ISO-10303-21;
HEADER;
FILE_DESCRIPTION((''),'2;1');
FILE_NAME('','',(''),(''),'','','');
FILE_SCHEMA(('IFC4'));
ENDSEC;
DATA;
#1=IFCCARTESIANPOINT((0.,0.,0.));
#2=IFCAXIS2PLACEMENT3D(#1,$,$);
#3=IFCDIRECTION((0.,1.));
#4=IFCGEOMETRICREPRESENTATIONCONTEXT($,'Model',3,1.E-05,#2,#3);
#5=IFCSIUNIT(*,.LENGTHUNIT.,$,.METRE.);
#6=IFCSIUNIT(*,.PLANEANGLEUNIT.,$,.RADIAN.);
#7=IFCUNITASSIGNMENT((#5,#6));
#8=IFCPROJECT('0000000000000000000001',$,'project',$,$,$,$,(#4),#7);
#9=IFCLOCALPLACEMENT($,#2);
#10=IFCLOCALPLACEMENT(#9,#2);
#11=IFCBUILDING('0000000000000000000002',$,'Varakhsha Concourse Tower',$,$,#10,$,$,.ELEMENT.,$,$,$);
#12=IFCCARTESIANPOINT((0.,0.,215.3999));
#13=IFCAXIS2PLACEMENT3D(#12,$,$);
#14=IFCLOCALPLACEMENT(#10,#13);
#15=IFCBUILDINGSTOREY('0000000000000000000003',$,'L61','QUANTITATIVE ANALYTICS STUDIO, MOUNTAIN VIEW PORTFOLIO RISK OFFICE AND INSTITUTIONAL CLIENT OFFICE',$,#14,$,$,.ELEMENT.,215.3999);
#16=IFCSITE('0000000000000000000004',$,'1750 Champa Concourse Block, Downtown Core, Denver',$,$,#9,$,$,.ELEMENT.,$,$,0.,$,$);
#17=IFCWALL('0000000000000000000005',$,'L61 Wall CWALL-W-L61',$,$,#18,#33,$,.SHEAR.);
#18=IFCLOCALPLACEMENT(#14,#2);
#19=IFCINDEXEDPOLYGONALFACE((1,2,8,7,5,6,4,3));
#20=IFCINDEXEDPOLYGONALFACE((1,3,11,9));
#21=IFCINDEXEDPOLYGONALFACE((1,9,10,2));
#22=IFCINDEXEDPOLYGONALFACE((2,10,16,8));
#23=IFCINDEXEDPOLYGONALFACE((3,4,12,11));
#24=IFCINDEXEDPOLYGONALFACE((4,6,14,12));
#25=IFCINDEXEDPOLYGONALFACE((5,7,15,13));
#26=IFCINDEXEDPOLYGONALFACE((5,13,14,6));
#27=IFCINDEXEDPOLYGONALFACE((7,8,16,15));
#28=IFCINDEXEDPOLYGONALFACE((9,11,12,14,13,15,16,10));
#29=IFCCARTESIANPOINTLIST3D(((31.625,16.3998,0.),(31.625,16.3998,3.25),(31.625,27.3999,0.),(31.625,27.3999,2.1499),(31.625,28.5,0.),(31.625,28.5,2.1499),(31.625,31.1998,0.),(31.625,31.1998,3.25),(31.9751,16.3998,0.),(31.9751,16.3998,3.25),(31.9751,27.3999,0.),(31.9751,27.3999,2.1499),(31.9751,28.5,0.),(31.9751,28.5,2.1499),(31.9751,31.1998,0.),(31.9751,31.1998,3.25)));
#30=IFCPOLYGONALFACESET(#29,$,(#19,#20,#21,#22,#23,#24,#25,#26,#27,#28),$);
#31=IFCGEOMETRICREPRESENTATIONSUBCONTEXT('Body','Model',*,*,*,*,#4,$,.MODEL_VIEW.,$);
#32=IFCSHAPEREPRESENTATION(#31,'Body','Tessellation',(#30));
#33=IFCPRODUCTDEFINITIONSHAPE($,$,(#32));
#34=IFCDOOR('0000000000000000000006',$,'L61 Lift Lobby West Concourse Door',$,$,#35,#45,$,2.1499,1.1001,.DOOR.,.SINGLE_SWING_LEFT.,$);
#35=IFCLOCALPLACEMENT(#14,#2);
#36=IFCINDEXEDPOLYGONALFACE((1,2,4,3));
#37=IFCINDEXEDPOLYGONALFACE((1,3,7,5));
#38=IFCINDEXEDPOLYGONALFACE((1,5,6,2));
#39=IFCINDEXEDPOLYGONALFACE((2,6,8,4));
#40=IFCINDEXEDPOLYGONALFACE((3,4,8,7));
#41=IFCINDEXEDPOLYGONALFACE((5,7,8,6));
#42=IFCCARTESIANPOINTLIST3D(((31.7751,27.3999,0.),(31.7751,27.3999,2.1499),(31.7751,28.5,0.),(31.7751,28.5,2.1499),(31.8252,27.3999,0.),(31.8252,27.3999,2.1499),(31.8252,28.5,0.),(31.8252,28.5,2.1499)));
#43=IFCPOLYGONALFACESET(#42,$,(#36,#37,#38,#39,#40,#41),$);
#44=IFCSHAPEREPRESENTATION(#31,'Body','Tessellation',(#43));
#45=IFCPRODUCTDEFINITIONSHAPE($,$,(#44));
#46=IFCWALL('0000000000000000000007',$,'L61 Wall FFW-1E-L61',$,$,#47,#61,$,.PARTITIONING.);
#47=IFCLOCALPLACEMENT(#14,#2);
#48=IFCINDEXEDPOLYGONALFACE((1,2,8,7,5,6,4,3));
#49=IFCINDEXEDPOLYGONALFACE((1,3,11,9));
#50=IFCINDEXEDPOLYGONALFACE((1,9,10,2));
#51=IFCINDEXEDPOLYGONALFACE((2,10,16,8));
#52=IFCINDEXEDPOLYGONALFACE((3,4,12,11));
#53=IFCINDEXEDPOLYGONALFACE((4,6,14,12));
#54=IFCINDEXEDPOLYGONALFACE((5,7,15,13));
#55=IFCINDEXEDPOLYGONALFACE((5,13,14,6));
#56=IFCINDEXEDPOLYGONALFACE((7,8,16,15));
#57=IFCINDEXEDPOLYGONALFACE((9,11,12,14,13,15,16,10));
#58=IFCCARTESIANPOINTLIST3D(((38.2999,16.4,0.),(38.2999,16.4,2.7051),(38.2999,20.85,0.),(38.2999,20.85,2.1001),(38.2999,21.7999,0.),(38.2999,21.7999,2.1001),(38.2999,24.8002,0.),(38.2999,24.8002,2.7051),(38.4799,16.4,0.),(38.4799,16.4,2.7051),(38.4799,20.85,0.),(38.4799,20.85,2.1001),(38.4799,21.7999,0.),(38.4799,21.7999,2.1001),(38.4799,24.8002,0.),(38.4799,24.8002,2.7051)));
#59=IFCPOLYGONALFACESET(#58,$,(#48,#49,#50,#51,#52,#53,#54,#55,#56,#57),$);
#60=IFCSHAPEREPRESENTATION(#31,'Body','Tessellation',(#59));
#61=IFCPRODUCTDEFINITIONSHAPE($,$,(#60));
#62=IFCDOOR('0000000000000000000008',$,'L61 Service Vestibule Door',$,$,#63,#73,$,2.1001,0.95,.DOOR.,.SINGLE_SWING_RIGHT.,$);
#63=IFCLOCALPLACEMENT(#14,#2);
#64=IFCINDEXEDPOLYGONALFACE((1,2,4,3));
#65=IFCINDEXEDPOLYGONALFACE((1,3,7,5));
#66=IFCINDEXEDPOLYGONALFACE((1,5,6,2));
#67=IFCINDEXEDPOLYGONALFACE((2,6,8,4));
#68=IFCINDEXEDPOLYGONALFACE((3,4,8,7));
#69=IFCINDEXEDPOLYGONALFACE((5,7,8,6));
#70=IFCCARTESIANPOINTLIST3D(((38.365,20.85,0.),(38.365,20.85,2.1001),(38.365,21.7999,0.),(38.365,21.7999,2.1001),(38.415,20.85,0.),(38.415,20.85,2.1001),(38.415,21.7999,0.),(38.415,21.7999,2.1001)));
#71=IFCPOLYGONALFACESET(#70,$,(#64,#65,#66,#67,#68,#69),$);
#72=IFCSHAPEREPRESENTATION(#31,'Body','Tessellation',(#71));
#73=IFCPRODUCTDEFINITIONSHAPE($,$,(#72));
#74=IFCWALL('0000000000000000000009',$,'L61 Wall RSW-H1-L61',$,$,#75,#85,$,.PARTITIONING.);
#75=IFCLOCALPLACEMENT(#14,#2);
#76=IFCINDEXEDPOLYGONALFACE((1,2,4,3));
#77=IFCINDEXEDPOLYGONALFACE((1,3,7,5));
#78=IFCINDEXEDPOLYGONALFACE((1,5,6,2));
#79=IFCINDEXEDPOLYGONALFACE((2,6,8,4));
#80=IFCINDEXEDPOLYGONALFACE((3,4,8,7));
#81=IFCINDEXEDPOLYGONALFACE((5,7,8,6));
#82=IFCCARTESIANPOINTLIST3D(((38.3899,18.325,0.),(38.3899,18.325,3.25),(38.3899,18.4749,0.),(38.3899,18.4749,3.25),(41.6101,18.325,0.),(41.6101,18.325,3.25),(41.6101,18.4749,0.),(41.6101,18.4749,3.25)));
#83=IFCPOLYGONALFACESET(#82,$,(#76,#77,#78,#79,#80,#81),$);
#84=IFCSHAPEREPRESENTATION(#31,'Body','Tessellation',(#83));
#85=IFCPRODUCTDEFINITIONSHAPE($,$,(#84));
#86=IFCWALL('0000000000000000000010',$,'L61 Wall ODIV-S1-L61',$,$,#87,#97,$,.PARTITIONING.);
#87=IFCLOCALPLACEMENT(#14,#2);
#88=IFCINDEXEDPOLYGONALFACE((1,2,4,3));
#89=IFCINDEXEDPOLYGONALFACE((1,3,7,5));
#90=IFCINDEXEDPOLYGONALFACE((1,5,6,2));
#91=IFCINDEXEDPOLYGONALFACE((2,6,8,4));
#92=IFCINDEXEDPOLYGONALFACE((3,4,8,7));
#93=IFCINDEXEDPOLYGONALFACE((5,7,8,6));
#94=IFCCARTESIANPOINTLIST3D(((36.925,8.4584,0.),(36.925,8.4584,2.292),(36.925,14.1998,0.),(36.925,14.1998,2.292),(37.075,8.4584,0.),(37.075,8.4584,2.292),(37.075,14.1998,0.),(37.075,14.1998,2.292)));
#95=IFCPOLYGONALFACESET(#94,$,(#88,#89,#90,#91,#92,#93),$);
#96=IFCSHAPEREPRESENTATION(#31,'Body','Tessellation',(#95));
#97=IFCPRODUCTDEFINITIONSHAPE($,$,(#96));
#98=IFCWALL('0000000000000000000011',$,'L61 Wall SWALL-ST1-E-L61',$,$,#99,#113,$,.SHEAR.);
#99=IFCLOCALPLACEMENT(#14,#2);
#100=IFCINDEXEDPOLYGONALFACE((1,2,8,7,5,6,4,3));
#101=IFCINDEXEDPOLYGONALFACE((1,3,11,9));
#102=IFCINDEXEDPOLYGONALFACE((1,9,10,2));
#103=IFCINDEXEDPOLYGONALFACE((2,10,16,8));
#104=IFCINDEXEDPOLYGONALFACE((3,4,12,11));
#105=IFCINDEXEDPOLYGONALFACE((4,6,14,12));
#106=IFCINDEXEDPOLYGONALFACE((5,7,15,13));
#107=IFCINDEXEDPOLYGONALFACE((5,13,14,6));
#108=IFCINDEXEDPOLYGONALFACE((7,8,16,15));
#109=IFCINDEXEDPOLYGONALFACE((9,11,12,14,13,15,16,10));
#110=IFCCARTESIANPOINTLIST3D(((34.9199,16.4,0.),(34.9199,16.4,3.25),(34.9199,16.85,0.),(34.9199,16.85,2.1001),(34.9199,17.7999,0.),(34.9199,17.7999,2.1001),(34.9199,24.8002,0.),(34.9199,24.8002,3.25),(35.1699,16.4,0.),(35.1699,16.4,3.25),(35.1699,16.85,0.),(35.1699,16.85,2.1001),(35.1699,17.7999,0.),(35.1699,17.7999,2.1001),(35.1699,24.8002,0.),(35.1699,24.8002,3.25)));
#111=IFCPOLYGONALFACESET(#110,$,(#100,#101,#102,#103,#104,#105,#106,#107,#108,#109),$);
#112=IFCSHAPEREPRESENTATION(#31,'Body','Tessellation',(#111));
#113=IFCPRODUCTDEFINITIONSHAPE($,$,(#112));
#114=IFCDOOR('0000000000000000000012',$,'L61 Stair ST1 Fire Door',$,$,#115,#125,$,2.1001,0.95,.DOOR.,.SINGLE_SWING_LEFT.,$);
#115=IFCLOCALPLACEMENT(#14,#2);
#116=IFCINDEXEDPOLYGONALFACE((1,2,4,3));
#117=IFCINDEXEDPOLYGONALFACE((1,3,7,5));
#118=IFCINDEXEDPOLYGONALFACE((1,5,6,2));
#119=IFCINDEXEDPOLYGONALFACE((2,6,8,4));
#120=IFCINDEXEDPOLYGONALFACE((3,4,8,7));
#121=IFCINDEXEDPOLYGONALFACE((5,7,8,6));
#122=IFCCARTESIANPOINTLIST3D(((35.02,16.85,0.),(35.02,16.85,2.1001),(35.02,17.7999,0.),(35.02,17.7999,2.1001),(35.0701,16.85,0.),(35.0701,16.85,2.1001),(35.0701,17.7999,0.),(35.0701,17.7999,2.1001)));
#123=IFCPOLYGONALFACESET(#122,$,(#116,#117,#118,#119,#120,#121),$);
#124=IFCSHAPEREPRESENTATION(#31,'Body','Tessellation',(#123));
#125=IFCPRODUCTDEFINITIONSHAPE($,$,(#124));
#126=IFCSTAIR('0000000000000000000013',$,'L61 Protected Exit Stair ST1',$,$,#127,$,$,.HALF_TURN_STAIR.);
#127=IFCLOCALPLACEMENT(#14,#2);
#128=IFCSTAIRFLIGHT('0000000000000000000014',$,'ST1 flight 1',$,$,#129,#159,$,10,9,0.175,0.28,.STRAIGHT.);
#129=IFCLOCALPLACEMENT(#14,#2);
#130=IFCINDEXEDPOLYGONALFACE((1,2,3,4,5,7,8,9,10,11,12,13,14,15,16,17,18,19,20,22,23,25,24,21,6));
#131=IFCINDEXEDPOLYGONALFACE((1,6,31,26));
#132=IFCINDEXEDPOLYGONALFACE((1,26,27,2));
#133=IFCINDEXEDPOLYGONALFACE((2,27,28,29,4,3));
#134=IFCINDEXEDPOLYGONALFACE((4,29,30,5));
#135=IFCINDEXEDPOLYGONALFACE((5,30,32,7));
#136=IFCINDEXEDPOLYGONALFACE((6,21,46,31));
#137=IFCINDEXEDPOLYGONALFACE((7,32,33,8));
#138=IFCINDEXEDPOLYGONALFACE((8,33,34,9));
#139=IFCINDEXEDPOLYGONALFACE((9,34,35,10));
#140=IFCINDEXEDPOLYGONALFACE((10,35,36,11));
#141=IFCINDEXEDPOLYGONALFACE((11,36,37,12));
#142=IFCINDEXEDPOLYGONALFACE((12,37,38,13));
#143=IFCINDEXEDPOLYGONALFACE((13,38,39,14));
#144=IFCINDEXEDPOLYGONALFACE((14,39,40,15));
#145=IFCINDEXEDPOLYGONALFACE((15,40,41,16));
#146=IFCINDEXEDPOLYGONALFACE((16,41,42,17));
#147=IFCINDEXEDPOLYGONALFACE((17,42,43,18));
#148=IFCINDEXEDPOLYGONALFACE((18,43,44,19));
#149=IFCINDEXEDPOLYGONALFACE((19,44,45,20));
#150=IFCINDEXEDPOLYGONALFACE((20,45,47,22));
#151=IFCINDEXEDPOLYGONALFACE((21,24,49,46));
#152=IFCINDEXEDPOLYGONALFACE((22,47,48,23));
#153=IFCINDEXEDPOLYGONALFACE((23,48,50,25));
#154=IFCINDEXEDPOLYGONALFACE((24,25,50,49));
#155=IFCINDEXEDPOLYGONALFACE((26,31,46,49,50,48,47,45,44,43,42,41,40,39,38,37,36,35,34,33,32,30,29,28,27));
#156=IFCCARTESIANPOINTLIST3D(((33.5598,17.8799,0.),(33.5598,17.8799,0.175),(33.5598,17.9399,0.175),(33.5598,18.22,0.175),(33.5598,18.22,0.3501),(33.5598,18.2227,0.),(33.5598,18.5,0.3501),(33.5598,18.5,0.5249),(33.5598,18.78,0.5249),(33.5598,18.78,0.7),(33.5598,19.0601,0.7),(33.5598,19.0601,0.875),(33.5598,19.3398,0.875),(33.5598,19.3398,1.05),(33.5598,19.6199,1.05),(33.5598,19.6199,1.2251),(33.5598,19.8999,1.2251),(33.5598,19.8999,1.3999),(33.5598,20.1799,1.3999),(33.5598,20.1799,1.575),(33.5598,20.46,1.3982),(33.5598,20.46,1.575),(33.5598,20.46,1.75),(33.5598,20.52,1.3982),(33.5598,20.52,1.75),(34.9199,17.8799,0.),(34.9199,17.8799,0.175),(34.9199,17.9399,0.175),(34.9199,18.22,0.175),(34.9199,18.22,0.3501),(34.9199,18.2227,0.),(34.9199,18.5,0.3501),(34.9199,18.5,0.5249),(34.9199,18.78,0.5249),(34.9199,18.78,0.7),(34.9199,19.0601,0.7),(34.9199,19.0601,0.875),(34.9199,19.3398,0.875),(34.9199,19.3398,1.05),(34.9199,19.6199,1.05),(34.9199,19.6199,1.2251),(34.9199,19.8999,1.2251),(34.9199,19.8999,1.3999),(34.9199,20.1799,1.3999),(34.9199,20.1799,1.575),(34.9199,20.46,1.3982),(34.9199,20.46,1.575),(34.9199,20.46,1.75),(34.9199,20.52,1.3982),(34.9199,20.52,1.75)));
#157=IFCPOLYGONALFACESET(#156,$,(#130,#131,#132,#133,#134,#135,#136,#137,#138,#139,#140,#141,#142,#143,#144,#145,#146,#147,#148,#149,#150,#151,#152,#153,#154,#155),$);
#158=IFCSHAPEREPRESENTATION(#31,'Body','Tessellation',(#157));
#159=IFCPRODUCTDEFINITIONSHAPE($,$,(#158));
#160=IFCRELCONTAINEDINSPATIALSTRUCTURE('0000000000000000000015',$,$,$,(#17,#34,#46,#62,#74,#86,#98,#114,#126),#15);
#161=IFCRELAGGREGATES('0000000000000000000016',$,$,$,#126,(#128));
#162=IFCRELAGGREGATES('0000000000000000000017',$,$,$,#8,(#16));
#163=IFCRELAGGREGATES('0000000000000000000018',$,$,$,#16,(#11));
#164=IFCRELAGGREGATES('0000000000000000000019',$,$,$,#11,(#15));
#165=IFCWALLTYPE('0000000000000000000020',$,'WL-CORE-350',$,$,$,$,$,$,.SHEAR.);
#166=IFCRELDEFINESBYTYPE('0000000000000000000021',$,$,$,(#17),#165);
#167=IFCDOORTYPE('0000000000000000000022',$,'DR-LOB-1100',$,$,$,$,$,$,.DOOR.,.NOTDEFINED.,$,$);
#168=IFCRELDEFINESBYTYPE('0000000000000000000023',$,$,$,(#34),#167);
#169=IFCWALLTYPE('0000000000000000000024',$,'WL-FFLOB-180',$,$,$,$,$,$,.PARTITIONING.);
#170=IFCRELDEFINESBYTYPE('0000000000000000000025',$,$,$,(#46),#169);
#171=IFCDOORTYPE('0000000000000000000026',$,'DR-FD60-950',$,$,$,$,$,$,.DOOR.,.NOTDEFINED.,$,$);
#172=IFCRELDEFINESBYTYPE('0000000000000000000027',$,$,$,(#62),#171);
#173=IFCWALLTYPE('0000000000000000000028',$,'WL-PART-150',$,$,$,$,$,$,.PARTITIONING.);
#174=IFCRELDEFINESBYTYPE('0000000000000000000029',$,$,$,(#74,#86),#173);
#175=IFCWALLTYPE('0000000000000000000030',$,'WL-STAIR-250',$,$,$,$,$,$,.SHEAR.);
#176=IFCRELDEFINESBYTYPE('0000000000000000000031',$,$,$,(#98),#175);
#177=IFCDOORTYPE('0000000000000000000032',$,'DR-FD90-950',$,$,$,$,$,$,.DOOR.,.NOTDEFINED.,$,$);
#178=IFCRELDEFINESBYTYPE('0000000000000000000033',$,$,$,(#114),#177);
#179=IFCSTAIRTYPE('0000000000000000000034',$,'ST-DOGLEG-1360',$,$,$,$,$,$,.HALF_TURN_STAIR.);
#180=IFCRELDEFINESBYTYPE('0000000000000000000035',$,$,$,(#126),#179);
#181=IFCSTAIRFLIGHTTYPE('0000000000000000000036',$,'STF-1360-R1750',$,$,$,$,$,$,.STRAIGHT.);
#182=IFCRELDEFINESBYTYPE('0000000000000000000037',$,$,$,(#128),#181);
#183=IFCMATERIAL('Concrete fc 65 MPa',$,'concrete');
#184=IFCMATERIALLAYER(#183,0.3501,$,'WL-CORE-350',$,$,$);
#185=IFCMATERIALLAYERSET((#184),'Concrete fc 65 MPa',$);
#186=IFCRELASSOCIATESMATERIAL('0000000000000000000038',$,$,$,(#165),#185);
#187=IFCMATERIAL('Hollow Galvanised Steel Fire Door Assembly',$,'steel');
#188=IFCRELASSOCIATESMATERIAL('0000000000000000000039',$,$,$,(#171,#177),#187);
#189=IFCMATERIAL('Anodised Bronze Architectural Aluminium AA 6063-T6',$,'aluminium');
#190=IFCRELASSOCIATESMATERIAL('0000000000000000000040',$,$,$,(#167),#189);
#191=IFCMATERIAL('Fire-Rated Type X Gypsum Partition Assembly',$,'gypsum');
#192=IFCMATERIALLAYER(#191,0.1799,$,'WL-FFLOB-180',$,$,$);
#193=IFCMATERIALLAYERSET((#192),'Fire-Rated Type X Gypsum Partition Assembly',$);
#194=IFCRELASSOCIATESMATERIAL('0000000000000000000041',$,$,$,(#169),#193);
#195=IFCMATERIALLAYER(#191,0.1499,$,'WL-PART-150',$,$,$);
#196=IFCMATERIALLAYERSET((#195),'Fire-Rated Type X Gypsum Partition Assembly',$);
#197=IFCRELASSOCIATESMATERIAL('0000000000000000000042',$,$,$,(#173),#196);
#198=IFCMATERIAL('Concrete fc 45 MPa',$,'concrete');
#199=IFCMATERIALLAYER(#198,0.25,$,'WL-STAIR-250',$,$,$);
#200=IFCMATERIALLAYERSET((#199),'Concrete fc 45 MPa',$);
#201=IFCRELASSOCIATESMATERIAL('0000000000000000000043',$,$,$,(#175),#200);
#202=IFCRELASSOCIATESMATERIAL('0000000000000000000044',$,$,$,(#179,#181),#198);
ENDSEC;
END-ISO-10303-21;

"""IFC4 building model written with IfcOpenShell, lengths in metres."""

from ifc_helpers import new_model, si_unit, direction, frame, frame_2d, origin, place, context, subcontext, project, spatial, polyline, rectangle, outline, extrude, material, layer, layer_set, type_object, element, fill, aggregate, save


model = new_model("IFC4")

# Units and contexts
model_context = context("Model", 3, precision=1e-05, world=origin(), true_north=direction((0.0, 1.0)))
body_context = subcontext(model_context, "Body", "Model", "MODEL_VIEW")
ifc_project = project(units=[si_unit("LENGTHUNIT", "METRE"), si_unit("PLANEANGLEUNIT", "RADIAN")], contexts=[model_context])

# Site, building, storey
site_placement = place(None, origin())
site = spatial("IfcSite", under=ifc_project, at=site_placement, Name="1750 Champa Concourse Block, Downtown Core, Denver", CompositionType="ELEMENT", RefElevation=0.0)
building_placement = place(site_placement, origin())
building = spatial("IfcBuilding", under=site, at=building_placement, Name="Varakhsha Concourse Tower", CompositionType="ELEMENT")
storey_placement = place(building_placement, frame((0.0, 0.0, 215.3999)))
storey = spatial("IfcBuildingStorey", under=building, at=storey_placement, Name="L61", Description="QUANTITATIVE ANALYTICS STUDIO, MOUNTAIN VIEW PORTFOLIO RISK OFFICE AND INSTITUTIONAL CLIENT OFFICE", CompositionType="ELEMENT", Elevation=215.3999)

# Shared definitions
ifc_material_1 = material(Name="Concrete fc 65 MPa", Category="concrete")

# Shared definitions
ifc_material_2 = material(Name="Anodised Bronze Architectural Aluminium AA 6063-T6", Category="aluminium")

# Shared definitions
ifc_layer_1 = layer(ifc_material_1, 0.3501, Name="WL-CORE-350")
ifc_layer_set_1 = layer_set([ifc_layer_1], Name="Concrete fc 65 MPa")
wall_type_1 = type_object("IfcWallType", Name="WL-CORE-350", PredefinedType="SHEAR", material=ifc_layer_set_1)
ifc_material_3 = material(Name="Hollow Galvanised Steel Fire Door Assembly", Category="steel")
door_type_1 = type_object("IfcDoorType", Name="DR-FD60-950", OperationType="NOTDEFINED", PredefinedType="DOOR", material=ifc_material_3)

# Walls, openings, doors
wall_1_placement = place(storey_placement, frame((31.8, 16.3999, 0.0), z_axis=(0.0, 0.0, 1.0), x_axis=(0.0, 1.0, 0.0)))
wall_1 = element("IfcWall", 1, at=wall_1_placement, inside=storey, type_object=wall_type_1, Name="L61 Wall CWALL-W-L61", PredefinedType="SHEAR", context=body_context, shape_type="SweptSolid", body=[
    extrude(rectangle(XDim=14.8, YDim=0.3501, at=frame_2d((7.3999, 0.0))), origin(), (0.0, 0.0, 1.0), 3.25),
])
opening_1_placement = place(wall_1_placement, frame((11.0, 0.0, 0.0)))
opening_1 = element("IfcOpeningElement", 2, at=opening_1_placement, cuts=wall_1, PredefinedType="OPENING", context=body_context, shape_type="SweptSolid", body=[
    extrude(rectangle(XDim=1.1001, YDim=2.1499, at=frame_2d((0.55, 1.075))), frame((0.0, 0.1851, 0.0), z_axis=(0.0, -1.0, 0.0), x_axis=(1.0, 0.0, 0.0)), (0.0, 0.0, 1.0), 0.3701),
])
door_type_2 = type_object("IfcDoorType", Name="DR-LOB-1100", OperationType="NOTDEFINED", PredefinedType="DOOR", material=ifc_material_2)
door_1_placement = place(opening_1_placement, origin())
door_1 = element("IfcDoor", 3, at=door_1_placement, inside=storey, type_object=door_type_2, Name="L61 Lift Lobby West Concourse Door", OperationType="SINGLE_SWING_LEFT", OverallHeight=2.1499, OverallWidth=1.1001, PredefinedType="DOOR", context=body_context, shape_type="SweptSolid", body=[
    extrude(rectangle(XDim=1.1001, YDim=2.1499, at=frame_2d((0.55, 1.075))), frame((0.0, 0.0249, 0.0), z_axis=(0.0, -1.0, 0.0), x_axis=(1.0, 0.0, 0.0)), (0.0, 0.0, 1.0), 0.05),
])
fill(opening_1, door_1)
ifc_material_4 = material(Name="Fire-Rated Type X Gypsum Partition Assembly", Category="gypsum")
ifc_layer_2 = layer(ifc_material_4, 0.1799, Name="WL-FFLOB-180")
ifc_layer_set_2 = layer_set([ifc_layer_2], Name="Fire-Rated Type X Gypsum Partition Assembly")
wall_type_2 = type_object("IfcWallType", Name="WL-FFLOB-180", PredefinedType="PARTITIONING", material=ifc_layer_set_2)
wall_2_placement = place(storey_placement, frame((38.3899, 16.3999, 0.0), z_axis=(0.0, 0.0, 1.0), x_axis=(0.0, 1.0, 0.0)))
wall_2 = element("IfcWall", 4, at=wall_2_placement, inside=storey, type_object=wall_type_2, Name="L61 Wall FFW-1E-L61", PredefinedType="PARTITIONING", context=body_context, shape_type="SweptSolid", body=[
    extrude(rectangle(XDim=8.4001, YDim=0.1799, at=frame_2d((4.2002, 0.0))), origin(), (0.0, 0.0, 1.0), 2.7051),
])
opening_2_placement = place(wall_2_placement, frame((4.45, 0.0, 0.0)))
opening_2 = element("IfcOpeningElement", 5, at=opening_2_placement, cuts=wall_2, PredefinedType="OPENING", context=body_context, shape_type="SweptSolid", body=[
    extrude(rectangle(XDim=0.95, YDim=2.1001, at=frame_2d((0.4751, 1.05))), frame((0.0, 0.0999, 0.0), z_axis=(0.0, -1.0, 0.0), x_axis=(1.0, 0.0, 0.0)), (0.0, 0.0, 1.0), 0.2),
])
door_2_placement = place(opening_2_placement, origin())
door_2 = element("IfcDoor", 6, at=door_2_placement, inside=storey, type_object=door_type_1, Name="L61 Service Vestibule Door", OperationType="SINGLE_SWING_RIGHT", OverallHeight=2.1001, OverallWidth=0.95, PredefinedType="DOOR", context=body_context, shape_type="SweptSolid", body=[
    extrude(rectangle(XDim=0.95, YDim=2.1001, at=frame_2d((0.4751, 1.05))), frame((0.0, 0.0249, 0.0), z_axis=(0.0, -1.0, 0.0), x_axis=(1.0, 0.0, 0.0)), (0.0, 0.0, 1.0), 0.05),
])
fill(opening_2, door_2)

# Walls
ifc_layer_3 = layer(ifc_material_4, 0.1499, Name="WL-PART-150")
ifc_layer_set_3 = layer_set([ifc_layer_3], Name="Fire-Rated Type X Gypsum Partition Assembly")
wall_type_3 = type_object("IfcWallType", Name="WL-PART-150", PredefinedType="PARTITIONING", material=ifc_layer_set_3)
wall_3_placement = place(storey_placement, frame((38.3899, 18.3999, 0.0), z_axis=(0.0, 0.0, 1.0), x_axis=(1.0, 0.0, 0.0)))
element("IfcWall", 7, at=wall_3_placement, inside=storey, type_object=wall_type_3, Name="L61 Wall RSW-H1-L61", PredefinedType="PARTITIONING", context=body_context, shape_type="SweptSolid", body=[
    extrude(rectangle(XDim=3.2202, YDim=0.1499, at=frame_2d((1.6101, 0.0))), origin(), (0.0, 0.0, 1.0), 3.25),
])
wall_4_placement = place(storey_placement, frame((37.0, 8.4585, 0.0), z_axis=(0.0, 0.0, 1.0), x_axis=(0.0, 1.0, 0.0)))
element("IfcWall", 8, at=wall_4_placement, inside=storey, type_object=wall_type_3, Name="L61 Wall ODIV-S1-L61", PredefinedType="PARTITIONING", context=body_context, shape_type="SweptSolid", body=[
    extrude(rectangle(XDim=5.7415, YDim=0.1499, at=frame_2d((2.8706, 0.0))), origin(), (0.0, 0.0, 1.0), 2.292),
])

# Wall, opening, door
ifc_material_5 = material(Name="Concrete fc 45 MPa", Category="concrete")
ifc_layer_4 = layer(ifc_material_5, 0.25, Name="WL-STAIR-250")
ifc_layer_set_4 = layer_set([ifc_layer_4], Name="Concrete fc 45 MPa")
wall_type_4 = type_object("IfcWallType", Name="WL-STAIR-250", PredefinedType="SHEAR", material=ifc_layer_set_4)
wall_5_placement = place(storey_placement, frame((35.0449, 16.3999, 0.0), z_axis=(0.0, 0.0, 1.0), x_axis=(0.0, 1.0, 0.0)))
wall_5 = element("IfcWall", 9, at=wall_5_placement, inside=storey, type_object=wall_type_4, Name="L61 Wall SWALL-ST1-E-L61", PredefinedType="SHEAR", context=body_context, shape_type="SweptSolid", body=[
    extrude(rectangle(XDim=8.4001, YDim=0.25, at=frame_2d((4.2002, 0.0))), origin(), (0.0, 0.0, 1.0), 3.25),
])
opening_3_placement = place(wall_5_placement, frame((0.45, 0.0, 0.0)))
opening_3 = element("IfcOpeningElement", 10, at=opening_3_placement, cuts=wall_5, PredefinedType="OPENING", context=body_context, shape_type="SweptSolid", body=[
    extrude(rectangle(XDim=0.95, YDim=2.1001, at=frame_2d((0.4751, 1.05))), frame((0.0, 0.135, 0.0), z_axis=(0.0, -1.0, 0.0), x_axis=(1.0, 0.0, 0.0)), (0.0, 0.0, 1.0), 0.27),
])
door_type_3 = type_object("IfcDoorType", Name="DR-FD90-950", OperationType="NOTDEFINED", PredefinedType="DOOR", material=ifc_material_3)
door_3_placement = place(opening_3_placement, origin())
door_3 = element("IfcDoor", 11, at=door_3_placement, inside=storey, type_object=door_type_3, Name="L61 Stair ST1 Fire Door", OperationType="SINGLE_SWING_LEFT", OverallHeight=2.1001, OverallWidth=0.95, PredefinedType="DOOR", context=body_context, shape_type="SweptSolid", body=[
    extrude(rectangle(XDim=0.95, YDim=2.1001, at=frame_2d((0.4751, 1.05))), frame((0.0, 0.0249, 0.0), z_axis=(0.0, -1.0, 0.0), x_axis=(1.0, 0.0, 0.0)), (0.0, 0.0, 1.0), 0.05),
])
fill(opening_3, door_3)

# Stair, stair flight
stair_type = type_object("IfcStairType", Name="ST-DOGLEG-1360", PredefinedType="HALF_TURN_STAIR", material=ifc_material_5)
stair_placement = place(storey_placement, origin())
stair = element("IfcStair", 12, at=stair_placement, inside=storey, type_object=stair_type, Name="L61 Protected Exit Stair ST1", PredefinedType="HALF_TURN_STAIR")
stair_flight_type = type_object("IfcStairFlightType", Name="STF-1360-R1750", PredefinedType="STRAIGHT", material=ifc_material_5)
stair_flight_placement = place(storey_placement, frame((34.24, 17.9399, 0.0), z_axis=(0.0, 0.0, 1.0), x_axis=(0.0, 1.0, 0.0)))
stair_flight = element("IfcStairFlight", 13, at=stair_flight_placement, type_object=stair_flight_type, Name="ST1 flight 1", NumberOfRisers=10, NumberOfTreads=9, PredefinedType="STRAIGHT", RiserHeight=0.175, TreadLength=0.28, context=body_context, shape_type="SweptSolid", body=[
    extrude(outline(polyline([(-0.0601, 0.0), (-0.0601, 0.175), (0.0, 0.175), (0.28, 0.175), (0.28, 0.3501), (0.5601, 0.3501), (0.5601, 0.5249), (0.8401, 0.5249), (0.8401, 0.7), (1.1201, 0.7), (1.1201, 0.875), (1.3999, 0.875), (1.3999, 1.05), (1.6799, 1.05), (1.6799, 1.2251), (1.96, 1.2251), (1.96, 1.3999), (2.24, 1.3999), (2.24, 1.575), (2.52, 1.575), (2.52, 1.75), (2.5801, 1.75), (2.5801, 1.3982), (2.52, 1.3982), (0.2827, 0.0), (-0.0601, 0.0)])), frame((0.0, 0.6802, 0.0), z_axis=(0.0, -1.0, 0.0), x_axis=(1.0, 0.0, 0.0)), (0.0, 0.0, 1.0), 1.3601),
])
aggregate(stair, [stair_flight])

save(model, "model.ifc")
